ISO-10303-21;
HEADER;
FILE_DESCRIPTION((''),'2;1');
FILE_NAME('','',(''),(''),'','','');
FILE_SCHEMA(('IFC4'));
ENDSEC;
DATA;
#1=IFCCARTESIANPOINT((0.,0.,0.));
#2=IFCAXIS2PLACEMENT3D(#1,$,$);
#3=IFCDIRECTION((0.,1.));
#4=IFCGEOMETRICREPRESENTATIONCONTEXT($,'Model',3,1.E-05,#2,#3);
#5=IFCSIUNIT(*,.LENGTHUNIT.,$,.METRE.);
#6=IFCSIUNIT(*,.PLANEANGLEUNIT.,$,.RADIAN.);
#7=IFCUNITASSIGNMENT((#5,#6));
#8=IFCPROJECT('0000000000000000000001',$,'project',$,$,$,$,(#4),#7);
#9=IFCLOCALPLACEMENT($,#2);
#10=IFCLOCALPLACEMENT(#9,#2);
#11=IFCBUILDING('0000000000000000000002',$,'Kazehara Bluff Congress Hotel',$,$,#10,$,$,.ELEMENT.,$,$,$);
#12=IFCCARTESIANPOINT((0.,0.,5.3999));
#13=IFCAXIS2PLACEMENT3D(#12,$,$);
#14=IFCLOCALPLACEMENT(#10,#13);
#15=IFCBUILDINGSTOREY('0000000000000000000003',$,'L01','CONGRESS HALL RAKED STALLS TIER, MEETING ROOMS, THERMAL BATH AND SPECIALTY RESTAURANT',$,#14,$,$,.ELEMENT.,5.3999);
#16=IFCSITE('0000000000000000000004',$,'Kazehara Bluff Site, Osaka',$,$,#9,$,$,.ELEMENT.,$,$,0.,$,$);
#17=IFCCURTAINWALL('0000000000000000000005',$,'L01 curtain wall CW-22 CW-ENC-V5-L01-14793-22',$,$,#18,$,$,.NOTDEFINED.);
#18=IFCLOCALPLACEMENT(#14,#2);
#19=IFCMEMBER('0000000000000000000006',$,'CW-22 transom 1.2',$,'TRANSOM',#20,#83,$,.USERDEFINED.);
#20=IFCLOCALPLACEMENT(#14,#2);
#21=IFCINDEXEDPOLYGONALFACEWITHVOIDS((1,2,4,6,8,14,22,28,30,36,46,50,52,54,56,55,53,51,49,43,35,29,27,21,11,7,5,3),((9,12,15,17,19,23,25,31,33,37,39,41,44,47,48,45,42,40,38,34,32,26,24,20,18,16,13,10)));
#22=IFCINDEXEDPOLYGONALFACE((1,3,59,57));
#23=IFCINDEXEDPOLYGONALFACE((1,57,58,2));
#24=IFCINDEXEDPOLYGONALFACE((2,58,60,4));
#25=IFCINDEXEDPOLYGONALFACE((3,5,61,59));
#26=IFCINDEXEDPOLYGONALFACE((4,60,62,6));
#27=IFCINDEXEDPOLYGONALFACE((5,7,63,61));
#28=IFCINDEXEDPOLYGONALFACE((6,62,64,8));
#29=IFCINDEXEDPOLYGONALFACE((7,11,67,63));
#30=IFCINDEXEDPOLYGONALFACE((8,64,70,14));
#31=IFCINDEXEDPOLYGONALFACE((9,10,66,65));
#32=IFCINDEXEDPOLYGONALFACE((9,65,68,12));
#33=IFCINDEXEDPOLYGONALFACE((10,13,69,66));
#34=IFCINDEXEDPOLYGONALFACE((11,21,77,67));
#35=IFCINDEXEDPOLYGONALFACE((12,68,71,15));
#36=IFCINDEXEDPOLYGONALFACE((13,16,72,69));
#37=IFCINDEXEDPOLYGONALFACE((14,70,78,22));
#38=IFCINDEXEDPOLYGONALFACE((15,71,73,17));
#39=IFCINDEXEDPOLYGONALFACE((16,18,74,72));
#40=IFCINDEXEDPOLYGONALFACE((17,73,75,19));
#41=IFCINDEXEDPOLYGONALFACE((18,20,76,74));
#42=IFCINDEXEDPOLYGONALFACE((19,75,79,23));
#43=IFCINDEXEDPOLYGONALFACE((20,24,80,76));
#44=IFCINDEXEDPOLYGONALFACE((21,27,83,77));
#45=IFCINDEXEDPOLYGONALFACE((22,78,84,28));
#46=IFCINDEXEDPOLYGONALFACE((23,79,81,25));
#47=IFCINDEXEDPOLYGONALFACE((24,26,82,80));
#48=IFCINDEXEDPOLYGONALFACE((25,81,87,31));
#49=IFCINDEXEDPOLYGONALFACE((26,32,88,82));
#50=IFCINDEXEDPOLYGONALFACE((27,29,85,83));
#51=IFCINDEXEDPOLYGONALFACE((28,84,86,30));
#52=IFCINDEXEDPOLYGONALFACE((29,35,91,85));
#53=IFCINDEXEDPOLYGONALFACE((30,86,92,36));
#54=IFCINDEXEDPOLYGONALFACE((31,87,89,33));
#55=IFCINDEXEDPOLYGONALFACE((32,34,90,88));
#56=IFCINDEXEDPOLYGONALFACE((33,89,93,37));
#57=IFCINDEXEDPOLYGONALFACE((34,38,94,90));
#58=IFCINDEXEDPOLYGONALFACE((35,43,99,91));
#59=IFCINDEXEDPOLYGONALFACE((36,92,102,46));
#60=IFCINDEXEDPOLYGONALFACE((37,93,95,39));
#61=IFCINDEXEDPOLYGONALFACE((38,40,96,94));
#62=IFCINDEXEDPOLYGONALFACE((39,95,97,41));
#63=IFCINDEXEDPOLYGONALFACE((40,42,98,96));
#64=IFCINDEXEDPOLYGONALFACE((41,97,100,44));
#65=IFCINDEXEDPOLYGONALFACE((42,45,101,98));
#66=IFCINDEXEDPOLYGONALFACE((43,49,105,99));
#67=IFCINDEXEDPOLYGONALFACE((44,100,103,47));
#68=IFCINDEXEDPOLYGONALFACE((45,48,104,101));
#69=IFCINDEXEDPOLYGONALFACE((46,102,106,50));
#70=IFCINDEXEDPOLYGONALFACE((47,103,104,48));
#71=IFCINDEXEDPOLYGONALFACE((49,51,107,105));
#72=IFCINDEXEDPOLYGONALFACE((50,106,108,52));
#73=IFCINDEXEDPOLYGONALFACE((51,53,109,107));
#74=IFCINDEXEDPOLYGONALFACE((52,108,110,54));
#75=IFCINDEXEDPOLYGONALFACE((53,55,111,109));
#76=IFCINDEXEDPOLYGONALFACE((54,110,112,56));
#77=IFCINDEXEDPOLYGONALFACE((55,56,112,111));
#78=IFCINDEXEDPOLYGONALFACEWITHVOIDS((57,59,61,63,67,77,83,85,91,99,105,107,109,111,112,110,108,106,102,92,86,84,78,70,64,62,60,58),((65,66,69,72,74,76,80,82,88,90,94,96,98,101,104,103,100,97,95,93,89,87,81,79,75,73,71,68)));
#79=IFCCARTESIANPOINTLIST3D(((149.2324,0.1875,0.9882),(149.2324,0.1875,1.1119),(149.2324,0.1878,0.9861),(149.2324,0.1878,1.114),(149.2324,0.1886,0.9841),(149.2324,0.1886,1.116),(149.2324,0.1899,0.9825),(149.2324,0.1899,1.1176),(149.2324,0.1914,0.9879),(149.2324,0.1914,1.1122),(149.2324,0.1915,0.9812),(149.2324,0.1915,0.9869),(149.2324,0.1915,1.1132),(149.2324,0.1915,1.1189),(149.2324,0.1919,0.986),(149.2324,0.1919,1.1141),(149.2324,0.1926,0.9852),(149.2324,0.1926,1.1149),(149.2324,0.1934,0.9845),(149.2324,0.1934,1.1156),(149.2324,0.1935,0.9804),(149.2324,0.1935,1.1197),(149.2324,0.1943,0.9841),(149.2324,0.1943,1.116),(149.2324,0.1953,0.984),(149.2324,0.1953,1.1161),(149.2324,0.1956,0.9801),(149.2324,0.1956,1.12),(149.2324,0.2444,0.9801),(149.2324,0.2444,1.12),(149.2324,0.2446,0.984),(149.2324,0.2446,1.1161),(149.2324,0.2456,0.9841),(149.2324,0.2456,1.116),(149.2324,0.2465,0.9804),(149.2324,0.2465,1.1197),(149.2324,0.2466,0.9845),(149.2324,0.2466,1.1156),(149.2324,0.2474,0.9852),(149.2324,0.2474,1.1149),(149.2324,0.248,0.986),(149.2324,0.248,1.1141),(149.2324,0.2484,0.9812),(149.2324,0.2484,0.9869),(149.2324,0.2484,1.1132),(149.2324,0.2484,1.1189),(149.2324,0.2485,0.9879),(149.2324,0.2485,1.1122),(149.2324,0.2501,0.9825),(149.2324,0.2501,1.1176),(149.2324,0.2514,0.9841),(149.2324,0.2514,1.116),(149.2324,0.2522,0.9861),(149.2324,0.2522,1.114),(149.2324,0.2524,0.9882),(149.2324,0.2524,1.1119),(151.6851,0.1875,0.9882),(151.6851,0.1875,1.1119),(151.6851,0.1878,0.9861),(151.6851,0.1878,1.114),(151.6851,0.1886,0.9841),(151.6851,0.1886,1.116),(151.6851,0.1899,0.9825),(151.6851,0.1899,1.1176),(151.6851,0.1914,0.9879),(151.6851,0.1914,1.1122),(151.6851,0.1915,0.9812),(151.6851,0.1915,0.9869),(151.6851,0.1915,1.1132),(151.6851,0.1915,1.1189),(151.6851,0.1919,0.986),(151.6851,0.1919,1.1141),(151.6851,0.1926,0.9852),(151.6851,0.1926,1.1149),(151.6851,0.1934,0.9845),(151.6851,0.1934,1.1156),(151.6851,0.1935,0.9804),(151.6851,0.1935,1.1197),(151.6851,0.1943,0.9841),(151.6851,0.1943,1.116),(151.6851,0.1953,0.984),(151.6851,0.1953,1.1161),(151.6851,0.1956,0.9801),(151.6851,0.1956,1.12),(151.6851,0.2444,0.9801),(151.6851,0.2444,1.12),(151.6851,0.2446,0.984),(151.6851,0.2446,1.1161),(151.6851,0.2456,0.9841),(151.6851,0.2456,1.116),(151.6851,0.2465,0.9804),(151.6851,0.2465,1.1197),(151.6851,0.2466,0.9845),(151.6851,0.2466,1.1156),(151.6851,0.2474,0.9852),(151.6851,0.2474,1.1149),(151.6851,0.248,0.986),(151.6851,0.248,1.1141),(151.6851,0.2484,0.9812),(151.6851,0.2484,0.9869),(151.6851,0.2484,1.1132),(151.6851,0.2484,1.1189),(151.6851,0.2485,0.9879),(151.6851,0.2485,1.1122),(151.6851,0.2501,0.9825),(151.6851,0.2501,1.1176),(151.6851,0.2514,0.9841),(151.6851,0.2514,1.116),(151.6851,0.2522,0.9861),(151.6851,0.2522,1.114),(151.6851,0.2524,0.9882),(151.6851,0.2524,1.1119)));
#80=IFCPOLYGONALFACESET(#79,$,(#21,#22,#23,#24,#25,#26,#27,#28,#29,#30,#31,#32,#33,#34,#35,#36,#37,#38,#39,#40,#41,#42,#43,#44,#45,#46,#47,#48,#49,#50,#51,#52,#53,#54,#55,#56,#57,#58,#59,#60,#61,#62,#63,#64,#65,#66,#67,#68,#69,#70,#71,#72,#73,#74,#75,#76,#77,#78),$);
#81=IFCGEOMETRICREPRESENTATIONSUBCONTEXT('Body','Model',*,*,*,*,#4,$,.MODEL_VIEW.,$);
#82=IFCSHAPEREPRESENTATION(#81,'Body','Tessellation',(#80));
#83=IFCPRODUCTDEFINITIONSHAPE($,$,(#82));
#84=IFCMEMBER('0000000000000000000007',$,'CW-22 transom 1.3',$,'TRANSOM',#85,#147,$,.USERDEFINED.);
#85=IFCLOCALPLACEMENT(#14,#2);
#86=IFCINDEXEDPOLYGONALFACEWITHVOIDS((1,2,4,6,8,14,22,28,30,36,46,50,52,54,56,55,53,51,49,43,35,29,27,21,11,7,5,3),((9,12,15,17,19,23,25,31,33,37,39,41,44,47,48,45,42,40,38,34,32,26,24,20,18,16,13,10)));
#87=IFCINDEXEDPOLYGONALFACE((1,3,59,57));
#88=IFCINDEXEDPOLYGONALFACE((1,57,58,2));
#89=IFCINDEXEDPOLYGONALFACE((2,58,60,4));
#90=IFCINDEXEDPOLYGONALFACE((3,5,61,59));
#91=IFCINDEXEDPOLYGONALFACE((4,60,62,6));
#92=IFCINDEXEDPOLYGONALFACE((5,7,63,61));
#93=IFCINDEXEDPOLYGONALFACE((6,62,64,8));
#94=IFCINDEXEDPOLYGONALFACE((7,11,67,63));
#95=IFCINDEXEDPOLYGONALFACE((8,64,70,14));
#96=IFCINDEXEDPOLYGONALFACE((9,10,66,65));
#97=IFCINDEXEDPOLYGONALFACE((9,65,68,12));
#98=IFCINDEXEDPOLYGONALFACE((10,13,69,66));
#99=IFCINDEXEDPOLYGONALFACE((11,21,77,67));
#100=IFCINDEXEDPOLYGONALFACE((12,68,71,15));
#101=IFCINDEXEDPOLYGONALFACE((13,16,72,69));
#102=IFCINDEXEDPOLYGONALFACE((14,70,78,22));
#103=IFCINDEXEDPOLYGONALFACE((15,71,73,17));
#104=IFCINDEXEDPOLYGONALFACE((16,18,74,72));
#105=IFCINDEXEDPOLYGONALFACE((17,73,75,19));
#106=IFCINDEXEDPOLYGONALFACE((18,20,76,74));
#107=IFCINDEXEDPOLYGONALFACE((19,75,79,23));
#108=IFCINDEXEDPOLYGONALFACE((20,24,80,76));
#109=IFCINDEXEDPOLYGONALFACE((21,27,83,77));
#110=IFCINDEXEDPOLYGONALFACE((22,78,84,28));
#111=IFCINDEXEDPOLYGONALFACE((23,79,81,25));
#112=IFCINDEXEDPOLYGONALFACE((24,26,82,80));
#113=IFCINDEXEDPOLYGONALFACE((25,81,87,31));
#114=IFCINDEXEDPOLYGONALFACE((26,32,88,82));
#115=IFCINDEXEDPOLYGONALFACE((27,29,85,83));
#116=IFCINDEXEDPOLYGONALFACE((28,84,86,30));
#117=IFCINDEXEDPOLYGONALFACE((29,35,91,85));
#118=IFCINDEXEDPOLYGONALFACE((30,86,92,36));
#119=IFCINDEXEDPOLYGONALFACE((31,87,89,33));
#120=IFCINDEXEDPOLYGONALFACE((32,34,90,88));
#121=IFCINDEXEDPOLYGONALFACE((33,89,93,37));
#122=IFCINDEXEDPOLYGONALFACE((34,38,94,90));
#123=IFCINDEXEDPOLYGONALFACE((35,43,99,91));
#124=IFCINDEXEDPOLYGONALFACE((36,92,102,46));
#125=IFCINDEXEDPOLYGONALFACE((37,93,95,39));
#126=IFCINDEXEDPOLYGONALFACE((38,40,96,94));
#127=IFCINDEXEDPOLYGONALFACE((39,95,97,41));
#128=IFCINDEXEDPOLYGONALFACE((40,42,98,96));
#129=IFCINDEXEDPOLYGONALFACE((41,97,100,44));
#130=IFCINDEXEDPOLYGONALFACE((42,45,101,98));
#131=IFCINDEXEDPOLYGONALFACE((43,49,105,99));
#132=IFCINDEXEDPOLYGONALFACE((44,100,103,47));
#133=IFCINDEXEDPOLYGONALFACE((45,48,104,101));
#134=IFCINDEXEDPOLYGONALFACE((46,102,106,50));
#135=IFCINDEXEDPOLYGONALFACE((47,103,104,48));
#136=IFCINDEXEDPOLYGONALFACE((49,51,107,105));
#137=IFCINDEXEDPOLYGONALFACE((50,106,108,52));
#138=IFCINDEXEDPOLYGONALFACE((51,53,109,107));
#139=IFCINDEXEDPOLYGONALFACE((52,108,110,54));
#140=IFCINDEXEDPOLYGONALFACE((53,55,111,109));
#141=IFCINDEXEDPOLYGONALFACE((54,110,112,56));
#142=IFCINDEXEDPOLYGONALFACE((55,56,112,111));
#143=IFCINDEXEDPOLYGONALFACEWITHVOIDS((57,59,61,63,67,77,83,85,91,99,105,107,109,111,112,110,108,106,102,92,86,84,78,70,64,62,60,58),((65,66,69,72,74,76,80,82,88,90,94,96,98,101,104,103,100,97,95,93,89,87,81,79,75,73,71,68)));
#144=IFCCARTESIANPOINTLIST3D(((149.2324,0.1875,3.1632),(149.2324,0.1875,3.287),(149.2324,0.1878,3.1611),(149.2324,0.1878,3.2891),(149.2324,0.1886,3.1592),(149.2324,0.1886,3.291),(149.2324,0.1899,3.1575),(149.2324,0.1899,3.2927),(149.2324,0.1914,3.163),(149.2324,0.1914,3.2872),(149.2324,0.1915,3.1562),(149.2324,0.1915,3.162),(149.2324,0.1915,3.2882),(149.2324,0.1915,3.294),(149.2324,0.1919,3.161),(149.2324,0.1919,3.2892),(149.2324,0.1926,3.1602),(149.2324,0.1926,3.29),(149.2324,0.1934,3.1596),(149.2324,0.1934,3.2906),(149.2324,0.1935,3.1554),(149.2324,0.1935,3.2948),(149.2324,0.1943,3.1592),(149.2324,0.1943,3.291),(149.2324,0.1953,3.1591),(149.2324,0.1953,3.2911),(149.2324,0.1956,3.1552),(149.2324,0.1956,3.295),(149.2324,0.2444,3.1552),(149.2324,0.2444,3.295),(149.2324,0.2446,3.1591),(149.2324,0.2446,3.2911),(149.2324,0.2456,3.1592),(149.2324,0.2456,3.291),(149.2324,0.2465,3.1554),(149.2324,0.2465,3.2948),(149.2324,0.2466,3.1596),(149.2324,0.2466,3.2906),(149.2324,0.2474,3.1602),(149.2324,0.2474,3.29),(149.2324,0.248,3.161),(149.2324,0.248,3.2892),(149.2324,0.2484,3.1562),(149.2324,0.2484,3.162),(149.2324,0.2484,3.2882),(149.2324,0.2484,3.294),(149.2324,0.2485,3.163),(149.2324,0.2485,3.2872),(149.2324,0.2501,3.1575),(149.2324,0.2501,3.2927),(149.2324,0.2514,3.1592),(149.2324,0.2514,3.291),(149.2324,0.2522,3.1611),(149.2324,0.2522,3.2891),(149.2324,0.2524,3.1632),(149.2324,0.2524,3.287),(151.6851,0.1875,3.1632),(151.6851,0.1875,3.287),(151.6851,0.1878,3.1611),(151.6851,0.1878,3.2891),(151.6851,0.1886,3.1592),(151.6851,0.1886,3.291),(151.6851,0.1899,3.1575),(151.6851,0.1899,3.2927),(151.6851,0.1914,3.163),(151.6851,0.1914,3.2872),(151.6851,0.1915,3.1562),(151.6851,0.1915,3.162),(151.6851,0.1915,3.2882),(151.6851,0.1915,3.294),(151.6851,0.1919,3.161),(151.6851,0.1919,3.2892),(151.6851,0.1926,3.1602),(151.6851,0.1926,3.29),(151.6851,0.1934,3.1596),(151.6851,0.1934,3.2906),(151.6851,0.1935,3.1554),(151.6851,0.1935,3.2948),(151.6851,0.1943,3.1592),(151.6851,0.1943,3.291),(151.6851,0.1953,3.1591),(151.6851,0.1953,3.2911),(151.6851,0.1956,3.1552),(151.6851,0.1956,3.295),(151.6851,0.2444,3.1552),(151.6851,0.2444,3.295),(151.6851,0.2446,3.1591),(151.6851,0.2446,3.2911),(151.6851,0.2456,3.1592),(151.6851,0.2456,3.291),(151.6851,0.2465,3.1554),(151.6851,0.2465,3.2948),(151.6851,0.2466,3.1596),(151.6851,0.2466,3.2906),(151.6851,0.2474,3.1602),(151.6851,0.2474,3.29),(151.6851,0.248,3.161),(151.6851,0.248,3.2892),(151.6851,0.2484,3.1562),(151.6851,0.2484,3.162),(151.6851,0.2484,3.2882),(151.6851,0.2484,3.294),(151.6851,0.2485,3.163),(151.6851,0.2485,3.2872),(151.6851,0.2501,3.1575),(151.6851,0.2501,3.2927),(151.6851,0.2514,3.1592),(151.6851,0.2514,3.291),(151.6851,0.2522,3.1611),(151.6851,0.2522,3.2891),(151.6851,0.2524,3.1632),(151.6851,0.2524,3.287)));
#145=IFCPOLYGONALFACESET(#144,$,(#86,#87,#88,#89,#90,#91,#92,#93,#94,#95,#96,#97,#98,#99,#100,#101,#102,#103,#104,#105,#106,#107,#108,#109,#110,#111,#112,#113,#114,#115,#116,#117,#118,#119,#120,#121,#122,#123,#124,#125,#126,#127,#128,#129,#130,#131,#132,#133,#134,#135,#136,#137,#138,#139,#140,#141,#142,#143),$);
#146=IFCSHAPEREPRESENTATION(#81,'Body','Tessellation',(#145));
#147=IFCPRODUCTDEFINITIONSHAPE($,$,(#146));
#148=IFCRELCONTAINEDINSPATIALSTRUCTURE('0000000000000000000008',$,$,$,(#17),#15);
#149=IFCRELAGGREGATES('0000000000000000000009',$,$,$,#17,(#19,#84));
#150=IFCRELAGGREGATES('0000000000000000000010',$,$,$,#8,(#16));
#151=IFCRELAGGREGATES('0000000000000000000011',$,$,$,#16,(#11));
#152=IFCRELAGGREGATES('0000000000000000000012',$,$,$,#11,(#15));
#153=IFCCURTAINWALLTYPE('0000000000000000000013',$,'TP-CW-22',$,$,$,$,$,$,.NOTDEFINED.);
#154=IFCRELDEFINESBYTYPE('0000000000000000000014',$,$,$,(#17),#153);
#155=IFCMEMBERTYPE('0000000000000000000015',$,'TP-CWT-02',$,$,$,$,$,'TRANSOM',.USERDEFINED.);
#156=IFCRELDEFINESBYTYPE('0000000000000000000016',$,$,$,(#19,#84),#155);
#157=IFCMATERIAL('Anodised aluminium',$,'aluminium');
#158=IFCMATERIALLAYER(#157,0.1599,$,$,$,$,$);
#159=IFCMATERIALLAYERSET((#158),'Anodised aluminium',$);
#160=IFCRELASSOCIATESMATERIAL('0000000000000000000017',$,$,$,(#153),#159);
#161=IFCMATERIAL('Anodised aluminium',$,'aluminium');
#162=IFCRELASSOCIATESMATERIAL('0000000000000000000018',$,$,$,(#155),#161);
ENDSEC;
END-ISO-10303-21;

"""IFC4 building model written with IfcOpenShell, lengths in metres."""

from ifc_helpers import new_model, si_unit, direction, frame, origin, origin_2d, place, context, subcontext, project, spatial, hollow_rectangle, extrude, material, layer, layer_set, material_profile, profile_set, type_object, element, aggregate, save


model = new_model("IFC4")

# Units and contexts
model_context = context("Model", 3, precision=1e-05, world=origin(), true_north=direction((0.0, 1.0)))
body_context = subcontext(model_context, "Body", "Model", "MODEL_VIEW")
ifc_project = project(units=[si_unit("LENGTHUNIT", "METRE"), si_unit("PLANEANGLEUNIT", "RADIAN")], contexts=[model_context])

# Site, building, storey
site_placement = place(None, origin())
site = spatial("IfcSite", under=ifc_project, at=site_placement, Name="Kazehara Bluff Site, Osaka", CompositionType="ELEMENT", RefElevation=0.0)
building_placement = place(site_placement, origin())
building = spatial("IfcBuilding", under=site, at=building_placement, Name="Kazehara Bluff Congress Hotel", CompositionType="ELEMENT")
storey_placement = place(building_placement, frame((0.0, 0.0, 5.3999)))
storey = spatial("IfcBuildingStorey", under=building, at=storey_placement, Name="L01", Description="CONGRESS HALL RAKED STALLS TIER, MEETING ROOMS, THERMAL BATH AND SPECIALTY RESTAURANT", CompositionType="ELEMENT", Elevation=5.3999)

# Curtain wall
ifc_material_1 = material(Name="Anodised aluminium", Category="aluminium")
ifc_layer_1 = layer(ifc_material_1, 0.1599)
ifc_layer_set_1 = layer_set([ifc_layer_1], Name="Anodised aluminium")
curtain_wall_type = type_object("IfcCurtainWallType", Name="TP-CW-22", PredefinedType="NOTDEFINED", material=ifc_layer_set_1)
curtain_wall_1_placement = place(storey_placement, origin())
curtain_wall_1 = element("IfcCurtainWall", 1, at=curtain_wall_1_placement, inside=storey, type_object=curtain_wall_type, Name="L01 curtain wall CW-22 CW-ENC-V5-L01-14793-22", PredefinedType="NOTDEFINED")

# Members
ifc_material_2 = material(Name="Anodised aluminium", Category="aluminium")
ifc_material_profile_1 = material_profile(ifc_material_2, hollow_rectangle(XDim=0.0649, YDim=0.1399, WallThickness=0.0039, InnerFilletRadius=0.0039, OuterFilletRadius=0.0081, at=origin_2d()))
ifc_profile_set_1 = profile_set([ifc_material_profile_1], Name="Anodised aluminium")
member_type_1 = type_object("IfcMemberType", Name="TP-CWT-02", ElementType="TRANSOM", PredefinedType="USERDEFINED", material=ifc_profile_set_1)
member_1_placement = place(storey_placement, frame((151.6851, 0.22, 1.05), z_axis=(-1.0, 0.0, 0.0), x_axis=(0.0, -1.0, 0.0)))
member_1 = element("IfcMember", 2, at=member_1_placement, type_object=member_type_1, Name="CW-22 transom 1.2", ObjectType="TRANSOM", PredefinedType="USERDEFINED", context=body_context, shape_type="SweptSolid", body=[
    extrude(hollow_rectangle(XDim=0.0649, YDim=0.1399, WallThickness=0.0039, InnerFilletRadius=0.0039, OuterFilletRadius=0.0081, at=origin_2d()), origin(), (0.0, 0.0, 1.0), 2.4526),
])
member_2_placement = place(storey_placement, frame((151.6851, 0.22, 3.2251), z_axis=(-1.0, 0.0, 0.0), x_axis=(0.0, -1.0, 0.0)))
member_2 = element("IfcMember", 3, at=member_2_placement, type_object=member_type_1, Name="CW-22 transom 1.3", ObjectType="TRANSOM", PredefinedType="USERDEFINED", context=body_context, shape_type="SweptSolid", body=[
    extrude(hollow_rectangle(XDim=0.0649, YDim=0.1399, WallThickness=0.0039, InnerFilletRadius=0.0039, OuterFilletRadius=0.0081, at=origin_2d()), origin(), (0.0, 0.0, 1.0), 2.4526),
])

aggregate(curtain_wall_1, [member_1, member_2])

save(model, "model.ifc")
